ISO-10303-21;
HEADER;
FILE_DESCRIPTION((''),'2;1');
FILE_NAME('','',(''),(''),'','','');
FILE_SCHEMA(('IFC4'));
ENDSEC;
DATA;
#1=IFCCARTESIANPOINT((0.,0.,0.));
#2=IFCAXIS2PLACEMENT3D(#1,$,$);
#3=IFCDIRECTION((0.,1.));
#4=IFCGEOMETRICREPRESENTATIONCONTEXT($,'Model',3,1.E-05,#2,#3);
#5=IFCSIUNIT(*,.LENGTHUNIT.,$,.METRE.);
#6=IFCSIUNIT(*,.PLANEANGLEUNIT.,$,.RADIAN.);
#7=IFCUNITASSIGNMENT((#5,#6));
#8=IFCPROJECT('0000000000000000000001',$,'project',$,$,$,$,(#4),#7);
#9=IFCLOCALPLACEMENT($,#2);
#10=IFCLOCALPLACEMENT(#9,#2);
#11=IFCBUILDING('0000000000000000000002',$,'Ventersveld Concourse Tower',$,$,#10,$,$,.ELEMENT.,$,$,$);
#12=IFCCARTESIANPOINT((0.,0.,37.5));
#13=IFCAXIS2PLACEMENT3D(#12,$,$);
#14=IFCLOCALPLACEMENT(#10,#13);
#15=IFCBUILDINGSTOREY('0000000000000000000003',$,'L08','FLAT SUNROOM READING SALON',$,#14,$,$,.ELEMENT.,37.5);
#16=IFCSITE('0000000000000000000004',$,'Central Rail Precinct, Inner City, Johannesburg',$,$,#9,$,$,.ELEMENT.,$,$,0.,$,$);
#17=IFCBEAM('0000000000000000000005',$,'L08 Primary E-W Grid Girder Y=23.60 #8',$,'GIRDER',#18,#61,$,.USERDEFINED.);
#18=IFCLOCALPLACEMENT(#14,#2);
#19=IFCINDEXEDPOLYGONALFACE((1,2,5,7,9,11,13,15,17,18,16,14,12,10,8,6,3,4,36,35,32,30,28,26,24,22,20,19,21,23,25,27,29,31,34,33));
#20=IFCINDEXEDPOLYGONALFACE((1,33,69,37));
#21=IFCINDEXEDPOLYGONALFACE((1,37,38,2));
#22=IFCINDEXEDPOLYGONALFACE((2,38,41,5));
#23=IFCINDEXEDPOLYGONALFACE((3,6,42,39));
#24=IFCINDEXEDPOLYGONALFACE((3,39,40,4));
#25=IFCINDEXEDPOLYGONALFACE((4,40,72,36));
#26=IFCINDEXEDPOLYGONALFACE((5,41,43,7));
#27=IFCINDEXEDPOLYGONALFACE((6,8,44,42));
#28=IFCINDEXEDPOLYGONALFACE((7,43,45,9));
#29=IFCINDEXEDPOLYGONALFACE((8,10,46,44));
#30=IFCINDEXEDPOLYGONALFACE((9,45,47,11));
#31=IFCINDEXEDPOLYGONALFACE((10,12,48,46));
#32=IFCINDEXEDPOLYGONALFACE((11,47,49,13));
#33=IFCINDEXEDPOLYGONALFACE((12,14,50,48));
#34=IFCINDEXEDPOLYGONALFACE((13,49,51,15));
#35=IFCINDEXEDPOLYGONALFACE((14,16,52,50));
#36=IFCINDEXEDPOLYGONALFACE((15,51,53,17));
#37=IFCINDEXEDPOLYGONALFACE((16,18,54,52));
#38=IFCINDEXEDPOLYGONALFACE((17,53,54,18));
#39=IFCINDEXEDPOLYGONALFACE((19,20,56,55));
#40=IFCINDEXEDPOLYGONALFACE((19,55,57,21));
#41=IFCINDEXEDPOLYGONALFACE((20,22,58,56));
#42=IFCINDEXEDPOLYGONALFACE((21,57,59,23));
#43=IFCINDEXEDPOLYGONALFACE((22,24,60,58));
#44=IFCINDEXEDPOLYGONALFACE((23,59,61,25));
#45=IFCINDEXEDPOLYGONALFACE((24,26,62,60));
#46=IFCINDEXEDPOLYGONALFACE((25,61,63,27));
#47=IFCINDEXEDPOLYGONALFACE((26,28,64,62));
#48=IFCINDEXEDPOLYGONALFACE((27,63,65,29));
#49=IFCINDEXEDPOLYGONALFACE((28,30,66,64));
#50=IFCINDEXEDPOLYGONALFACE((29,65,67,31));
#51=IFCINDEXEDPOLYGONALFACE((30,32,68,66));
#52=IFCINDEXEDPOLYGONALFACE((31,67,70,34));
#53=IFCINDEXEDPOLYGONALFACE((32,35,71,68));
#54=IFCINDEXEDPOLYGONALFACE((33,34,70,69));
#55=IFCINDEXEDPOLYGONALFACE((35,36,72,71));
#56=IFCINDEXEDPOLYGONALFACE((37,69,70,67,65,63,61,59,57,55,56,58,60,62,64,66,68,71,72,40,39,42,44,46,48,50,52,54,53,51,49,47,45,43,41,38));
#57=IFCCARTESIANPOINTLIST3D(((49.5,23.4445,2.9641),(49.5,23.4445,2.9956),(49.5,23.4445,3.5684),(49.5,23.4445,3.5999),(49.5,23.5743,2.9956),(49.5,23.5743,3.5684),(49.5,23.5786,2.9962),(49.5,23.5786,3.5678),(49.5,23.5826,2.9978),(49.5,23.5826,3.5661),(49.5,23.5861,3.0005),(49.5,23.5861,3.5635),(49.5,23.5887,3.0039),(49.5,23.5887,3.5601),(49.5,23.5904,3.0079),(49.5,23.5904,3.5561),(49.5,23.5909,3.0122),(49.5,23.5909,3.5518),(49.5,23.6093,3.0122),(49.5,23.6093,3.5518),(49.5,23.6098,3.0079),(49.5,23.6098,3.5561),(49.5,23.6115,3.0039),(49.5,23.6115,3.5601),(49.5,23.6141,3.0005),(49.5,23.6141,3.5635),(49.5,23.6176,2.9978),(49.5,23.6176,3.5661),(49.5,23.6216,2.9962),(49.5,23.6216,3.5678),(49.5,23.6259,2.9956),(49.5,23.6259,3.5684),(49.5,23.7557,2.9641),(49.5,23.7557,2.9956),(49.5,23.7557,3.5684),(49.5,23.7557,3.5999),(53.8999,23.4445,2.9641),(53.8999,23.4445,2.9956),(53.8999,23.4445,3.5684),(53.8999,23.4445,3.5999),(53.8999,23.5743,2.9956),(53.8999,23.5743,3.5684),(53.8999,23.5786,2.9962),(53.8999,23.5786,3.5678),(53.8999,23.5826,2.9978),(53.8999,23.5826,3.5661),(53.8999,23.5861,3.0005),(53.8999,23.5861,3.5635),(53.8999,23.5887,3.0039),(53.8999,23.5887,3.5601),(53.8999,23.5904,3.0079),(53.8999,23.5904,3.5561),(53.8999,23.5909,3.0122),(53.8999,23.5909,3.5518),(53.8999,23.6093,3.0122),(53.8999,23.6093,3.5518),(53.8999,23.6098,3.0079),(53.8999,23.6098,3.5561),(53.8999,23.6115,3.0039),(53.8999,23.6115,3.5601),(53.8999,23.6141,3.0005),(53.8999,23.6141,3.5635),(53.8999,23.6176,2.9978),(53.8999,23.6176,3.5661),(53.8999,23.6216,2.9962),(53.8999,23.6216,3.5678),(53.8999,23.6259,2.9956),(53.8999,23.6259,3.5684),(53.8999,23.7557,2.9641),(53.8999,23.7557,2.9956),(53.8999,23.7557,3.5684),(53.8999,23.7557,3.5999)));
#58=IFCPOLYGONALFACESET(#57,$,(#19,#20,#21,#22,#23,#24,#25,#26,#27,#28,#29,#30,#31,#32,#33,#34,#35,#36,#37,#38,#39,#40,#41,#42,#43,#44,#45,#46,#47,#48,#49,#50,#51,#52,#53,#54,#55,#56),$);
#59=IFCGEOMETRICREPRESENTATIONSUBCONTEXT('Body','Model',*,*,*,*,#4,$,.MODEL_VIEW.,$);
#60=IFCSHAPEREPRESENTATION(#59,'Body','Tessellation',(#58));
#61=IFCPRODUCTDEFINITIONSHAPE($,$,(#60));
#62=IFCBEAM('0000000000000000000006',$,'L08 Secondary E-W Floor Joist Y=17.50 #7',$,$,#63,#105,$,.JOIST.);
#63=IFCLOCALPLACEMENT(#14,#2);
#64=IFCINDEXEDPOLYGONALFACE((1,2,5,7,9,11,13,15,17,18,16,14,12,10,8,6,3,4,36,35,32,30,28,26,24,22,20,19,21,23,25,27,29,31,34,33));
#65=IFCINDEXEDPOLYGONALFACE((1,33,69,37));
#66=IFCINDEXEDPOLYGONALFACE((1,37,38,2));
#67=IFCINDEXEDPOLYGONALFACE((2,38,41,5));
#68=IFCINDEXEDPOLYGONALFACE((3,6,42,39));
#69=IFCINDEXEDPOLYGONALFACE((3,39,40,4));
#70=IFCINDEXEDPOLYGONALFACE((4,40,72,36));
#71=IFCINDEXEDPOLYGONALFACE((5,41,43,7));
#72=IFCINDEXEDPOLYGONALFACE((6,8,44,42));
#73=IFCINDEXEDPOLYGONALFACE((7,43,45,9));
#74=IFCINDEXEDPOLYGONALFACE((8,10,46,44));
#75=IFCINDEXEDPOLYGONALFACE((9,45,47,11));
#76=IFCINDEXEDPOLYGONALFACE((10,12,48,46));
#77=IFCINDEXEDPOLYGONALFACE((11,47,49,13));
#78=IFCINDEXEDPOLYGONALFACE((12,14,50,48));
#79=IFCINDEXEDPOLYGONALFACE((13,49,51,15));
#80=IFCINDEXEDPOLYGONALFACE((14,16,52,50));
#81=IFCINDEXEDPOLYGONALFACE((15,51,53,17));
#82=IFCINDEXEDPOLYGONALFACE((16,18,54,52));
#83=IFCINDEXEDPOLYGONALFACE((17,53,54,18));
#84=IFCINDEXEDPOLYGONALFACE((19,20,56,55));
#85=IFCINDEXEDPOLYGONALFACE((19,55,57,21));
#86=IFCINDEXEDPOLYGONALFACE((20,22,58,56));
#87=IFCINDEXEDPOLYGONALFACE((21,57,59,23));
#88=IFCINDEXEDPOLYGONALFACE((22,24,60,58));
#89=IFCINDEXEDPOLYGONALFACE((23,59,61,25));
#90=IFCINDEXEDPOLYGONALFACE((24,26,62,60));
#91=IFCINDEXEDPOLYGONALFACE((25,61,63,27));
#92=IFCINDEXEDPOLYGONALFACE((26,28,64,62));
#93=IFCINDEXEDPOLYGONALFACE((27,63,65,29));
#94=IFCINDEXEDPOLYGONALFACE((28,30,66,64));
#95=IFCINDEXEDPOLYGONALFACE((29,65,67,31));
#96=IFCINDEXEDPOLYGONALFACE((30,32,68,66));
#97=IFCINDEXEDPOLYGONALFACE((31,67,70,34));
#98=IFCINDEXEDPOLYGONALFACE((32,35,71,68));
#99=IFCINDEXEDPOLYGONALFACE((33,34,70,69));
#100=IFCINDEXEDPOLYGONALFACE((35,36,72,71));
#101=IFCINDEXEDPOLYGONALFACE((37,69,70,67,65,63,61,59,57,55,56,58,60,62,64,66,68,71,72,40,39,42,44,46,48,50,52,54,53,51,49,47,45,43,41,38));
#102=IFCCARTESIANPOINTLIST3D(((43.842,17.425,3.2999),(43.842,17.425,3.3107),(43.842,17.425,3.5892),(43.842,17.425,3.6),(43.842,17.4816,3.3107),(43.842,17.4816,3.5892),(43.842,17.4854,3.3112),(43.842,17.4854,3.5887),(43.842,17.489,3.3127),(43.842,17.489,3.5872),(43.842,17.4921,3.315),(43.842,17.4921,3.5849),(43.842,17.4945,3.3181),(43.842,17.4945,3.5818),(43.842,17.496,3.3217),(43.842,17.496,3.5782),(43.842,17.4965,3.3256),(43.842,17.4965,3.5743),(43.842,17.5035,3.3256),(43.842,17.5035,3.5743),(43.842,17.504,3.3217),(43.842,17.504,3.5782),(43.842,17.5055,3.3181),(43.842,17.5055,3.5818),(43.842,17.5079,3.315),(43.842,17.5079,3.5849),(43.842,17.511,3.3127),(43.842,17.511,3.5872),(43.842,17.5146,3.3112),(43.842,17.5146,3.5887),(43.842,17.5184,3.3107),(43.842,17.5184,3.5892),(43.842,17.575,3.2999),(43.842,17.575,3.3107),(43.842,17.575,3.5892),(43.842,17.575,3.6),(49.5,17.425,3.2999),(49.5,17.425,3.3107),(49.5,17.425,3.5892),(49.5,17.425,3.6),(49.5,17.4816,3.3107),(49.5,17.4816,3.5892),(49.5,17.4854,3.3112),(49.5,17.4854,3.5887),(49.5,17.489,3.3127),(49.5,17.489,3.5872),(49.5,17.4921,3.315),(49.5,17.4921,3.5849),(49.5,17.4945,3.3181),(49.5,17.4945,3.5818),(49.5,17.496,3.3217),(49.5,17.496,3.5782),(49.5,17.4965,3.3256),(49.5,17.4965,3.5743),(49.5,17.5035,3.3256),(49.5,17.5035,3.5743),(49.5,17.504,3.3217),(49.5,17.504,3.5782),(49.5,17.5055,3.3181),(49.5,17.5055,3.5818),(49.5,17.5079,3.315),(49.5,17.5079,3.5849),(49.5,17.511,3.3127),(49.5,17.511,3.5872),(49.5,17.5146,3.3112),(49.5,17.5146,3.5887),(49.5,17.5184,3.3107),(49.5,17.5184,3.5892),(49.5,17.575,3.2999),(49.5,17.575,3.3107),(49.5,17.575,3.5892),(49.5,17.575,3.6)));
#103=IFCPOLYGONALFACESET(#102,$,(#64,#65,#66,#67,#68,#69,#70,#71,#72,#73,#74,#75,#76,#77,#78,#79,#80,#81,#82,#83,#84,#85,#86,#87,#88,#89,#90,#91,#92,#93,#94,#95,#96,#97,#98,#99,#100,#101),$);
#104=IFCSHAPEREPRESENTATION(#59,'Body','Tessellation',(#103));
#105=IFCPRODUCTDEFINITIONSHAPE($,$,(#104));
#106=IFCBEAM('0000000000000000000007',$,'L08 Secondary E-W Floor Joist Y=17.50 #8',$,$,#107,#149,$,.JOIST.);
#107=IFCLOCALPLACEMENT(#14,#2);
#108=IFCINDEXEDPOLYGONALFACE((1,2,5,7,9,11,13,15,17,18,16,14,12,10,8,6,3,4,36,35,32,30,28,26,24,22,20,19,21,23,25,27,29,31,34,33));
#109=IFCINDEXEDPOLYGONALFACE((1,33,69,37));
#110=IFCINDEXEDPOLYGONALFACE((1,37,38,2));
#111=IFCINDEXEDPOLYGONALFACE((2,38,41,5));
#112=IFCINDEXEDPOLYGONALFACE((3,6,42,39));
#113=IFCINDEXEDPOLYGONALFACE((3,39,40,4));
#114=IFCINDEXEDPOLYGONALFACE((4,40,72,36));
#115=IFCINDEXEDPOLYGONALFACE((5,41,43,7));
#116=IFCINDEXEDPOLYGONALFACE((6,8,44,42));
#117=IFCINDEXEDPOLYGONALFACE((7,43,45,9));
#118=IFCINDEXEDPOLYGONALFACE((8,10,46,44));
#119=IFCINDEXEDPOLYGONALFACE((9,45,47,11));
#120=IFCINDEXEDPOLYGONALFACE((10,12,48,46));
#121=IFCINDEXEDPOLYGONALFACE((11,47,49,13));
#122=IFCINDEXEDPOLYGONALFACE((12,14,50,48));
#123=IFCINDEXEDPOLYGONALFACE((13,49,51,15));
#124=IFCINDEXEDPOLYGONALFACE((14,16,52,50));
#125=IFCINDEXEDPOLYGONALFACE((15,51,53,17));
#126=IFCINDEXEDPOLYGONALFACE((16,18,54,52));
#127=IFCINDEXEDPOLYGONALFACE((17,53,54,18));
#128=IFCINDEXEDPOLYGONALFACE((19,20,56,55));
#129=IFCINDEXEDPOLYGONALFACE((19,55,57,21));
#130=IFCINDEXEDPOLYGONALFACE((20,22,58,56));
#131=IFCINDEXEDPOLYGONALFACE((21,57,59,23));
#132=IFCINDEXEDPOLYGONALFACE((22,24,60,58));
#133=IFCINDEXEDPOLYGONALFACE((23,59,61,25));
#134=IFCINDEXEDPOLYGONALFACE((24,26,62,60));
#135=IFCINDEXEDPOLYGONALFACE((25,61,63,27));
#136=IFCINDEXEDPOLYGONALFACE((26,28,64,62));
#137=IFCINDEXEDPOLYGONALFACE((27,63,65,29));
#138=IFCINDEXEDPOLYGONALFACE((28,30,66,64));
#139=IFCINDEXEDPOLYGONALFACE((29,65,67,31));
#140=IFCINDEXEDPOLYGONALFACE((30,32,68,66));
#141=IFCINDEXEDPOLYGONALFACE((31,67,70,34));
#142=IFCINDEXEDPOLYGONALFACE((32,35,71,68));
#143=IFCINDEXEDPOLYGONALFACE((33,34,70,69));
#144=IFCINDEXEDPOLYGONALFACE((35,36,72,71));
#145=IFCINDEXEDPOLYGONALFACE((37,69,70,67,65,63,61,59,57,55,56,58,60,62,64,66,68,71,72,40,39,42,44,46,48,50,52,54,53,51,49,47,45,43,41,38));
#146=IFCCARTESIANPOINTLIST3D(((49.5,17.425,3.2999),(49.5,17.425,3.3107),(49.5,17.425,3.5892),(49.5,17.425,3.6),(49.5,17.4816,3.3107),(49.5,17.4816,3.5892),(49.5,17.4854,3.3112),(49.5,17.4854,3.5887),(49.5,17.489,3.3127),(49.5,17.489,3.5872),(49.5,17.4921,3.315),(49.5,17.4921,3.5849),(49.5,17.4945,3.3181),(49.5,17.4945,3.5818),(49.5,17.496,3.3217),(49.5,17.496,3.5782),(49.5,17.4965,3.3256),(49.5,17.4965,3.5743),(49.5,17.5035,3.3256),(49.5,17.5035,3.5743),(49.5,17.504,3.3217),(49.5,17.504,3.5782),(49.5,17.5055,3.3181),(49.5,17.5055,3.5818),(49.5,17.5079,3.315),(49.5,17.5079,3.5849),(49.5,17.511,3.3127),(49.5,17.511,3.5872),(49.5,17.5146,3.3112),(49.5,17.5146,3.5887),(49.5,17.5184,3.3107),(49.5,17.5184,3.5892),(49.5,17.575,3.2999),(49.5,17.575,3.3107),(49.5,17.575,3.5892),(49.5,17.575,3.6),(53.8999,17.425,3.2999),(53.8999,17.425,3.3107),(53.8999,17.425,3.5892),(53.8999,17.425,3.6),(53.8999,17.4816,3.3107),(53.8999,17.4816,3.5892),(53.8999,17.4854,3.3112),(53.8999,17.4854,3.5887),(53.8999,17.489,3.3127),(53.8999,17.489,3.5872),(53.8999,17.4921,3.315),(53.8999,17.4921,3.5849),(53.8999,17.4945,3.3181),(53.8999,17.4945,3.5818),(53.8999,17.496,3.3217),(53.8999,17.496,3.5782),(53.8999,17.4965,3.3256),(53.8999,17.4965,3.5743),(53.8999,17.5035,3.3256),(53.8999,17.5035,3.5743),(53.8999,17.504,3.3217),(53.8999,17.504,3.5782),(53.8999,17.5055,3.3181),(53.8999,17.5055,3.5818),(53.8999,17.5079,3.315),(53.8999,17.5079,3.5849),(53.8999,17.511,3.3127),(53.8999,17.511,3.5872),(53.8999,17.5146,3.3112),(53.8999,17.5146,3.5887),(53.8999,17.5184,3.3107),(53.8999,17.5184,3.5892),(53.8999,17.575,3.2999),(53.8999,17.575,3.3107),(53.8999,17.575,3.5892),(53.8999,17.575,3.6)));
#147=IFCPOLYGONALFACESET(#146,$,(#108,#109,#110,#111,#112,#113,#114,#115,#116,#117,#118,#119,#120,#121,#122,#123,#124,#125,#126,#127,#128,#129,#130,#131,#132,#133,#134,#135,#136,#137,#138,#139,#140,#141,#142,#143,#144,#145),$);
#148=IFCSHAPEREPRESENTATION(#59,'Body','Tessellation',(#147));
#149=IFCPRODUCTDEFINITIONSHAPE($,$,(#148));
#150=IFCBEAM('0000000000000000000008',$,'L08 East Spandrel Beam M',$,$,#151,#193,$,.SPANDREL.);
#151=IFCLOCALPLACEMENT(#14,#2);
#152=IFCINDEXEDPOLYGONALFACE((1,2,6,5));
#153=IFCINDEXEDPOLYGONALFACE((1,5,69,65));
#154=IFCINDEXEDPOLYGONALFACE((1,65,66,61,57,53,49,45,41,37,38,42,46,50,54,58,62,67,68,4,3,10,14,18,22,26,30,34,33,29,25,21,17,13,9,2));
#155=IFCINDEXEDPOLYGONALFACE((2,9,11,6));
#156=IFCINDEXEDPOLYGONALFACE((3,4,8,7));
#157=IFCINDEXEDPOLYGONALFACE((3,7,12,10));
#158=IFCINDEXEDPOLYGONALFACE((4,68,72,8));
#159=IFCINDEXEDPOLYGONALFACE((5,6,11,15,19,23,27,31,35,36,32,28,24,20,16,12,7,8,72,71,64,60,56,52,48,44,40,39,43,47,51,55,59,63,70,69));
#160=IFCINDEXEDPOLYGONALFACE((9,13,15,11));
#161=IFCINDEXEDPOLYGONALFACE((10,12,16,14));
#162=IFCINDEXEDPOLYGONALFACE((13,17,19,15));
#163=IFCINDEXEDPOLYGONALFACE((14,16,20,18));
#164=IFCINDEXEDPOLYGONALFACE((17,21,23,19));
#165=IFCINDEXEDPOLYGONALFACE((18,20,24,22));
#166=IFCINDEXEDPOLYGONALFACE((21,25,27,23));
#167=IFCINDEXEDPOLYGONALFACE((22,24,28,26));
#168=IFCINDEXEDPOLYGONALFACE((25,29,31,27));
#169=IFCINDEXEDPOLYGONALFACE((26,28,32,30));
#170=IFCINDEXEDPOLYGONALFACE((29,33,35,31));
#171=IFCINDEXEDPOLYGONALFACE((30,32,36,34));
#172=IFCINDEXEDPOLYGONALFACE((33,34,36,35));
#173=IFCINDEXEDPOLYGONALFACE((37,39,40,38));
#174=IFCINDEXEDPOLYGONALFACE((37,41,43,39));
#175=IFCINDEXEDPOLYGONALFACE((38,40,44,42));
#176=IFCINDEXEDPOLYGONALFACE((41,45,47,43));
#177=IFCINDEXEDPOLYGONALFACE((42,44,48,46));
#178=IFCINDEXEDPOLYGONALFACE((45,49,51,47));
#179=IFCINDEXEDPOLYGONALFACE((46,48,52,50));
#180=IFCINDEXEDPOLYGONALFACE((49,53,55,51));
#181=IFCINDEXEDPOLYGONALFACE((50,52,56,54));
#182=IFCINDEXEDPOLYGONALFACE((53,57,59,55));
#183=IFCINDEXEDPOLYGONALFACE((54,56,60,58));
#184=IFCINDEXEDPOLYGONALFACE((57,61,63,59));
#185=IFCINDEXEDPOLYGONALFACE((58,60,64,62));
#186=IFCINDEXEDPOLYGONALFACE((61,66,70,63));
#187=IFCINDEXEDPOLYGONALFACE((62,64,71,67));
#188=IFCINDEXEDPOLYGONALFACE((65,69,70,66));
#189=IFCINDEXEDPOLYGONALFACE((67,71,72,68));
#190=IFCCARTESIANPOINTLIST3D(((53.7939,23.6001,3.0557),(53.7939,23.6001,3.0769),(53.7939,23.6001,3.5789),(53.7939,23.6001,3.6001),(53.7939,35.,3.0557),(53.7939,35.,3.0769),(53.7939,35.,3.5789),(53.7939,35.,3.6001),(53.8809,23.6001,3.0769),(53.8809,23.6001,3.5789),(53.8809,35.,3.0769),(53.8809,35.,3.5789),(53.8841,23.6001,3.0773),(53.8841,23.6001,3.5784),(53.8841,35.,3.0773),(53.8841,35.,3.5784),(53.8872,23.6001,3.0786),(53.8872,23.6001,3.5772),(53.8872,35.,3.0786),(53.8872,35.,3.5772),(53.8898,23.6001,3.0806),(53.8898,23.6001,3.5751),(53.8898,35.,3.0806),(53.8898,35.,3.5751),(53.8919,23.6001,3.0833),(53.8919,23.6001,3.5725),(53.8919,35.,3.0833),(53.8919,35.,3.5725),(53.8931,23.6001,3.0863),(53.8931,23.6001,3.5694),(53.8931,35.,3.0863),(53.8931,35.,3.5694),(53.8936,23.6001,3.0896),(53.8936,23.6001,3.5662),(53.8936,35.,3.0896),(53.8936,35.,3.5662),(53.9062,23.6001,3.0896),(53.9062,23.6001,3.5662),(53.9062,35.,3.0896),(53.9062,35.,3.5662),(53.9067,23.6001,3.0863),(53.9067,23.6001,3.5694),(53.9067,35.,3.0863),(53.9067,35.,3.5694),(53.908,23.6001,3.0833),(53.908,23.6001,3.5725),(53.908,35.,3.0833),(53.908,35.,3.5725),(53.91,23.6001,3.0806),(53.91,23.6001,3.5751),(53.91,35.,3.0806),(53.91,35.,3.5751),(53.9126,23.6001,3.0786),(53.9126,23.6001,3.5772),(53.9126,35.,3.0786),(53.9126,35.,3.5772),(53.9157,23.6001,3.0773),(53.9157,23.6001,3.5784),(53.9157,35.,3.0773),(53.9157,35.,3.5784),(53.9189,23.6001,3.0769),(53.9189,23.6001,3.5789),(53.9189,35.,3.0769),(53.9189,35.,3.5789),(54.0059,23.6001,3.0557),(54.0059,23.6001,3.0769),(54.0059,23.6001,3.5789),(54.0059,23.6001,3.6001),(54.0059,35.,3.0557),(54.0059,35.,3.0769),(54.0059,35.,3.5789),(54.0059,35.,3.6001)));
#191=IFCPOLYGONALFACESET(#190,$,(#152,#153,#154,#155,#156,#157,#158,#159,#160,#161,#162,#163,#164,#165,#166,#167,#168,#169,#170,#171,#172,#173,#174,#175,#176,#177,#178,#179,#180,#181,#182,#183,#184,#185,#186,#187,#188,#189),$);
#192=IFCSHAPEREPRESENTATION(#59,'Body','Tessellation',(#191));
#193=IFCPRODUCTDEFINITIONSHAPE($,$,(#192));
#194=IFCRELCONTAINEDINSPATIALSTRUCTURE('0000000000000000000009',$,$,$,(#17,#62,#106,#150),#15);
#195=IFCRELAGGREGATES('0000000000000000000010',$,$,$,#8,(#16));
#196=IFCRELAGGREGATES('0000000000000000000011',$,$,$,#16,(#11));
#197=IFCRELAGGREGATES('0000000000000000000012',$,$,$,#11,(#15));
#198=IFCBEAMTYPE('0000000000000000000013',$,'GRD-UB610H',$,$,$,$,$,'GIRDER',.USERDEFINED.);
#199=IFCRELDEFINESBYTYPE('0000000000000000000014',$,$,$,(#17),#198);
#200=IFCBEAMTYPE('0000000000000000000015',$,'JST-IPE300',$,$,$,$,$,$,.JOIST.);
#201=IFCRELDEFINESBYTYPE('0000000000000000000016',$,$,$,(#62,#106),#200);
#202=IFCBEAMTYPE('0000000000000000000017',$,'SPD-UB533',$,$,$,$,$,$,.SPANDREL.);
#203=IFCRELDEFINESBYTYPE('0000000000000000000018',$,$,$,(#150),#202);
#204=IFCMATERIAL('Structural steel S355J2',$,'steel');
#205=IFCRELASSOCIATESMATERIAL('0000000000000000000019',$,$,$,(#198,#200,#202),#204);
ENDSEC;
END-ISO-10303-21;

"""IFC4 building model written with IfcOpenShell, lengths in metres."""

from ifc_helpers import new_model, si_unit, direction, frame, origin, origin_2d, place, context, subcontext, project, spatial, i_section, extrude, material, material_profile, profile_set, type_object, element, save


model = new_model("IFC4")

# Units and contexts
model_context = context("Model", 3, precision=1e-05, world=origin(), true_north=direction((0.0, 1.0)))
body_context = subcontext(model_context, "Body", "Model", "MODEL_VIEW")
ifc_project = project(units=[si_unit("LENGTHUNIT", "METRE"), si_unit("PLANEANGLEUNIT", "RADIAN")], contexts=[model_context])

# Site, building, storey
site_placement = place(None, origin())
site = spatial("IfcSite", under=ifc_project, at=site_placement, Name="Central Rail Precinct, Inner City, Johannesburg", CompositionType="ELEMENT", RefElevation=0.0)
building_placement = place(site_placement, origin())
building = spatial("IfcBuilding", under=site, at=building_placement, Name="Ventersveld Concourse Tower", CompositionType="ELEMENT")
storey_placement = place(building_placement, frame((0.0, 0.0, 37.5)))
storey = spatial("IfcBuildingStorey", under=building, at=storey_placement, Name="L08", Description="FLAT SUNROOM READING SALON", CompositionType="ELEMENT", Elevation=37.5)

# Beams
ifc_material_1 = material(Name="Structural steel S355J2", Category="steel")
ifc_material_profile_1 = material_profile(ifc_material_1, i_section(OverallWidth=0.3113, OverallDepth=0.6357, WebThickness=0.0183, FlangeThickness=0.0315, FilletRadius=0.0166, at=origin_2d()), Name="UB 610x305x238")
ifc_profile_set_1 = profile_set([ifc_material_profile_1], Name="Structural steel S355J2")
beam_type_1 = type_object("IfcBeamType", Name="GRD-UB610H", ElementType="GIRDER", PredefinedType="USERDEFINED", material=ifc_profile_set_1)
beam_1_placement = place(storey_placement, frame((49.5, 23.6001, 3.282), z_axis=(1.0, 0.0, 0.0), x_axis=(0.0, 1.0, 0.0)))
element("IfcBeam", 1, at=beam_1_placement, inside=storey, type_object=beam_type_1, Name="L08 Primary E-W Grid Girder Y=23.60 #8", ObjectType="GIRDER", PredefinedType="USERDEFINED", context=body_context, shape_type="SweptSolid", body=[
    extrude(i_section(OverallWidth=0.3113, OverallDepth=0.6357, WebThickness=0.0183, FlangeThickness=0.0315, FilletRadius=0.0166, at=origin_2d()), origin(), (0.0, 0.0, 1.0), 4.3999),
])
ifc_material_profile_2 = material_profile(ifc_material_1, i_section(OverallWidth=0.1499, OverallDepth=0.3, WebThickness=0.0071, FlangeThickness=0.0107, FilletRadius=0.0149, at=origin_2d()), Name="IPE 300")
ifc_profile_set_2 = profile_set([ifc_material_profile_2], Name="Structural steel S355J2")
beam_type_2 = type_object("IfcBeamType", Name="JST-IPE300", PredefinedType="JOIST", material=ifc_profile_set_2)
beam_2_placement = place(storey_placement, frame((43.842, 17.5, 3.45), z_axis=(1.0, 0.0, 0.0), x_axis=(0.0, 1.0, 0.0)))
element("IfcBeam", 2, at=beam_2_placement, inside=storey, type_object=beam_type_2, Name="L08 Secondary E-W Floor Joist Y=17.50 #7", PredefinedType="JOIST", context=body_context, shape_type="SweptSolid", body=[
    extrude(i_section(OverallWidth=0.1499, OverallDepth=0.3, WebThickness=0.0071, FlangeThickness=0.0107, FilletRadius=0.0149, at=origin_2d()), origin(), (0.0, 0.0, 1.0), 5.658),
])
beam_3_placement = place(storey_placement, frame((49.5, 17.5, 3.45), z_axis=(1.0, 0.0, 0.0), x_axis=(0.0, 1.0, 0.0)))
element("IfcBeam", 3, at=beam_3_placement, inside=storey, type_object=beam_type_2, Name="L08 Secondary E-W Floor Joist Y=17.50 #8", PredefinedType="JOIST", context=body_context, shape_type="SweptSolid", body=[
    extrude(i_section(OverallWidth=0.1499, OverallDepth=0.3, WebThickness=0.0071, FlangeThickness=0.0107, FilletRadius=0.0149, at=origin_2d()), origin(), (0.0, 0.0, 1.0), 4.3999),
])
ifc_material_profile_3 = material_profile(ifc_material_1, i_section(OverallWidth=0.2119, OverallDepth=0.5444, WebThickness=0.0127, FlangeThickness=0.0212, FilletRadius=0.0127, at=origin_2d()), Name="UB 533x210x122")
ifc_profile_set_3 = profile_set([ifc_material_profile_3], Name="Structural steel S355J2")
beam_type_3 = type_object("IfcBeamType", Name="SPD-UB533", PredefinedType="SPANDREL", material=ifc_profile_set_3)
beam_4_placement = place(storey_placement, frame((53.8999, 23.6001, 3.3279), z_axis=(0.0, 1.0, 0.0), x_axis=(-1.0, 0.0, 0.0)))
element("IfcBeam", 4, at=beam_4_placement, inside=storey, type_object=beam_type_3, Name="L08 East Spandrel Beam M", PredefinedType="SPANDREL", context=body_context, shape_type="SweptSolid", body=[
    extrude(i_section(OverallWidth=0.2119, OverallDepth=0.5444, WebThickness=0.0127, FlangeThickness=0.0212, FilletRadius=0.0127, at=origin_2d()), origin(), (0.0, 0.0, 1.0), 11.3999),
])

save(model, "model.ifc")
